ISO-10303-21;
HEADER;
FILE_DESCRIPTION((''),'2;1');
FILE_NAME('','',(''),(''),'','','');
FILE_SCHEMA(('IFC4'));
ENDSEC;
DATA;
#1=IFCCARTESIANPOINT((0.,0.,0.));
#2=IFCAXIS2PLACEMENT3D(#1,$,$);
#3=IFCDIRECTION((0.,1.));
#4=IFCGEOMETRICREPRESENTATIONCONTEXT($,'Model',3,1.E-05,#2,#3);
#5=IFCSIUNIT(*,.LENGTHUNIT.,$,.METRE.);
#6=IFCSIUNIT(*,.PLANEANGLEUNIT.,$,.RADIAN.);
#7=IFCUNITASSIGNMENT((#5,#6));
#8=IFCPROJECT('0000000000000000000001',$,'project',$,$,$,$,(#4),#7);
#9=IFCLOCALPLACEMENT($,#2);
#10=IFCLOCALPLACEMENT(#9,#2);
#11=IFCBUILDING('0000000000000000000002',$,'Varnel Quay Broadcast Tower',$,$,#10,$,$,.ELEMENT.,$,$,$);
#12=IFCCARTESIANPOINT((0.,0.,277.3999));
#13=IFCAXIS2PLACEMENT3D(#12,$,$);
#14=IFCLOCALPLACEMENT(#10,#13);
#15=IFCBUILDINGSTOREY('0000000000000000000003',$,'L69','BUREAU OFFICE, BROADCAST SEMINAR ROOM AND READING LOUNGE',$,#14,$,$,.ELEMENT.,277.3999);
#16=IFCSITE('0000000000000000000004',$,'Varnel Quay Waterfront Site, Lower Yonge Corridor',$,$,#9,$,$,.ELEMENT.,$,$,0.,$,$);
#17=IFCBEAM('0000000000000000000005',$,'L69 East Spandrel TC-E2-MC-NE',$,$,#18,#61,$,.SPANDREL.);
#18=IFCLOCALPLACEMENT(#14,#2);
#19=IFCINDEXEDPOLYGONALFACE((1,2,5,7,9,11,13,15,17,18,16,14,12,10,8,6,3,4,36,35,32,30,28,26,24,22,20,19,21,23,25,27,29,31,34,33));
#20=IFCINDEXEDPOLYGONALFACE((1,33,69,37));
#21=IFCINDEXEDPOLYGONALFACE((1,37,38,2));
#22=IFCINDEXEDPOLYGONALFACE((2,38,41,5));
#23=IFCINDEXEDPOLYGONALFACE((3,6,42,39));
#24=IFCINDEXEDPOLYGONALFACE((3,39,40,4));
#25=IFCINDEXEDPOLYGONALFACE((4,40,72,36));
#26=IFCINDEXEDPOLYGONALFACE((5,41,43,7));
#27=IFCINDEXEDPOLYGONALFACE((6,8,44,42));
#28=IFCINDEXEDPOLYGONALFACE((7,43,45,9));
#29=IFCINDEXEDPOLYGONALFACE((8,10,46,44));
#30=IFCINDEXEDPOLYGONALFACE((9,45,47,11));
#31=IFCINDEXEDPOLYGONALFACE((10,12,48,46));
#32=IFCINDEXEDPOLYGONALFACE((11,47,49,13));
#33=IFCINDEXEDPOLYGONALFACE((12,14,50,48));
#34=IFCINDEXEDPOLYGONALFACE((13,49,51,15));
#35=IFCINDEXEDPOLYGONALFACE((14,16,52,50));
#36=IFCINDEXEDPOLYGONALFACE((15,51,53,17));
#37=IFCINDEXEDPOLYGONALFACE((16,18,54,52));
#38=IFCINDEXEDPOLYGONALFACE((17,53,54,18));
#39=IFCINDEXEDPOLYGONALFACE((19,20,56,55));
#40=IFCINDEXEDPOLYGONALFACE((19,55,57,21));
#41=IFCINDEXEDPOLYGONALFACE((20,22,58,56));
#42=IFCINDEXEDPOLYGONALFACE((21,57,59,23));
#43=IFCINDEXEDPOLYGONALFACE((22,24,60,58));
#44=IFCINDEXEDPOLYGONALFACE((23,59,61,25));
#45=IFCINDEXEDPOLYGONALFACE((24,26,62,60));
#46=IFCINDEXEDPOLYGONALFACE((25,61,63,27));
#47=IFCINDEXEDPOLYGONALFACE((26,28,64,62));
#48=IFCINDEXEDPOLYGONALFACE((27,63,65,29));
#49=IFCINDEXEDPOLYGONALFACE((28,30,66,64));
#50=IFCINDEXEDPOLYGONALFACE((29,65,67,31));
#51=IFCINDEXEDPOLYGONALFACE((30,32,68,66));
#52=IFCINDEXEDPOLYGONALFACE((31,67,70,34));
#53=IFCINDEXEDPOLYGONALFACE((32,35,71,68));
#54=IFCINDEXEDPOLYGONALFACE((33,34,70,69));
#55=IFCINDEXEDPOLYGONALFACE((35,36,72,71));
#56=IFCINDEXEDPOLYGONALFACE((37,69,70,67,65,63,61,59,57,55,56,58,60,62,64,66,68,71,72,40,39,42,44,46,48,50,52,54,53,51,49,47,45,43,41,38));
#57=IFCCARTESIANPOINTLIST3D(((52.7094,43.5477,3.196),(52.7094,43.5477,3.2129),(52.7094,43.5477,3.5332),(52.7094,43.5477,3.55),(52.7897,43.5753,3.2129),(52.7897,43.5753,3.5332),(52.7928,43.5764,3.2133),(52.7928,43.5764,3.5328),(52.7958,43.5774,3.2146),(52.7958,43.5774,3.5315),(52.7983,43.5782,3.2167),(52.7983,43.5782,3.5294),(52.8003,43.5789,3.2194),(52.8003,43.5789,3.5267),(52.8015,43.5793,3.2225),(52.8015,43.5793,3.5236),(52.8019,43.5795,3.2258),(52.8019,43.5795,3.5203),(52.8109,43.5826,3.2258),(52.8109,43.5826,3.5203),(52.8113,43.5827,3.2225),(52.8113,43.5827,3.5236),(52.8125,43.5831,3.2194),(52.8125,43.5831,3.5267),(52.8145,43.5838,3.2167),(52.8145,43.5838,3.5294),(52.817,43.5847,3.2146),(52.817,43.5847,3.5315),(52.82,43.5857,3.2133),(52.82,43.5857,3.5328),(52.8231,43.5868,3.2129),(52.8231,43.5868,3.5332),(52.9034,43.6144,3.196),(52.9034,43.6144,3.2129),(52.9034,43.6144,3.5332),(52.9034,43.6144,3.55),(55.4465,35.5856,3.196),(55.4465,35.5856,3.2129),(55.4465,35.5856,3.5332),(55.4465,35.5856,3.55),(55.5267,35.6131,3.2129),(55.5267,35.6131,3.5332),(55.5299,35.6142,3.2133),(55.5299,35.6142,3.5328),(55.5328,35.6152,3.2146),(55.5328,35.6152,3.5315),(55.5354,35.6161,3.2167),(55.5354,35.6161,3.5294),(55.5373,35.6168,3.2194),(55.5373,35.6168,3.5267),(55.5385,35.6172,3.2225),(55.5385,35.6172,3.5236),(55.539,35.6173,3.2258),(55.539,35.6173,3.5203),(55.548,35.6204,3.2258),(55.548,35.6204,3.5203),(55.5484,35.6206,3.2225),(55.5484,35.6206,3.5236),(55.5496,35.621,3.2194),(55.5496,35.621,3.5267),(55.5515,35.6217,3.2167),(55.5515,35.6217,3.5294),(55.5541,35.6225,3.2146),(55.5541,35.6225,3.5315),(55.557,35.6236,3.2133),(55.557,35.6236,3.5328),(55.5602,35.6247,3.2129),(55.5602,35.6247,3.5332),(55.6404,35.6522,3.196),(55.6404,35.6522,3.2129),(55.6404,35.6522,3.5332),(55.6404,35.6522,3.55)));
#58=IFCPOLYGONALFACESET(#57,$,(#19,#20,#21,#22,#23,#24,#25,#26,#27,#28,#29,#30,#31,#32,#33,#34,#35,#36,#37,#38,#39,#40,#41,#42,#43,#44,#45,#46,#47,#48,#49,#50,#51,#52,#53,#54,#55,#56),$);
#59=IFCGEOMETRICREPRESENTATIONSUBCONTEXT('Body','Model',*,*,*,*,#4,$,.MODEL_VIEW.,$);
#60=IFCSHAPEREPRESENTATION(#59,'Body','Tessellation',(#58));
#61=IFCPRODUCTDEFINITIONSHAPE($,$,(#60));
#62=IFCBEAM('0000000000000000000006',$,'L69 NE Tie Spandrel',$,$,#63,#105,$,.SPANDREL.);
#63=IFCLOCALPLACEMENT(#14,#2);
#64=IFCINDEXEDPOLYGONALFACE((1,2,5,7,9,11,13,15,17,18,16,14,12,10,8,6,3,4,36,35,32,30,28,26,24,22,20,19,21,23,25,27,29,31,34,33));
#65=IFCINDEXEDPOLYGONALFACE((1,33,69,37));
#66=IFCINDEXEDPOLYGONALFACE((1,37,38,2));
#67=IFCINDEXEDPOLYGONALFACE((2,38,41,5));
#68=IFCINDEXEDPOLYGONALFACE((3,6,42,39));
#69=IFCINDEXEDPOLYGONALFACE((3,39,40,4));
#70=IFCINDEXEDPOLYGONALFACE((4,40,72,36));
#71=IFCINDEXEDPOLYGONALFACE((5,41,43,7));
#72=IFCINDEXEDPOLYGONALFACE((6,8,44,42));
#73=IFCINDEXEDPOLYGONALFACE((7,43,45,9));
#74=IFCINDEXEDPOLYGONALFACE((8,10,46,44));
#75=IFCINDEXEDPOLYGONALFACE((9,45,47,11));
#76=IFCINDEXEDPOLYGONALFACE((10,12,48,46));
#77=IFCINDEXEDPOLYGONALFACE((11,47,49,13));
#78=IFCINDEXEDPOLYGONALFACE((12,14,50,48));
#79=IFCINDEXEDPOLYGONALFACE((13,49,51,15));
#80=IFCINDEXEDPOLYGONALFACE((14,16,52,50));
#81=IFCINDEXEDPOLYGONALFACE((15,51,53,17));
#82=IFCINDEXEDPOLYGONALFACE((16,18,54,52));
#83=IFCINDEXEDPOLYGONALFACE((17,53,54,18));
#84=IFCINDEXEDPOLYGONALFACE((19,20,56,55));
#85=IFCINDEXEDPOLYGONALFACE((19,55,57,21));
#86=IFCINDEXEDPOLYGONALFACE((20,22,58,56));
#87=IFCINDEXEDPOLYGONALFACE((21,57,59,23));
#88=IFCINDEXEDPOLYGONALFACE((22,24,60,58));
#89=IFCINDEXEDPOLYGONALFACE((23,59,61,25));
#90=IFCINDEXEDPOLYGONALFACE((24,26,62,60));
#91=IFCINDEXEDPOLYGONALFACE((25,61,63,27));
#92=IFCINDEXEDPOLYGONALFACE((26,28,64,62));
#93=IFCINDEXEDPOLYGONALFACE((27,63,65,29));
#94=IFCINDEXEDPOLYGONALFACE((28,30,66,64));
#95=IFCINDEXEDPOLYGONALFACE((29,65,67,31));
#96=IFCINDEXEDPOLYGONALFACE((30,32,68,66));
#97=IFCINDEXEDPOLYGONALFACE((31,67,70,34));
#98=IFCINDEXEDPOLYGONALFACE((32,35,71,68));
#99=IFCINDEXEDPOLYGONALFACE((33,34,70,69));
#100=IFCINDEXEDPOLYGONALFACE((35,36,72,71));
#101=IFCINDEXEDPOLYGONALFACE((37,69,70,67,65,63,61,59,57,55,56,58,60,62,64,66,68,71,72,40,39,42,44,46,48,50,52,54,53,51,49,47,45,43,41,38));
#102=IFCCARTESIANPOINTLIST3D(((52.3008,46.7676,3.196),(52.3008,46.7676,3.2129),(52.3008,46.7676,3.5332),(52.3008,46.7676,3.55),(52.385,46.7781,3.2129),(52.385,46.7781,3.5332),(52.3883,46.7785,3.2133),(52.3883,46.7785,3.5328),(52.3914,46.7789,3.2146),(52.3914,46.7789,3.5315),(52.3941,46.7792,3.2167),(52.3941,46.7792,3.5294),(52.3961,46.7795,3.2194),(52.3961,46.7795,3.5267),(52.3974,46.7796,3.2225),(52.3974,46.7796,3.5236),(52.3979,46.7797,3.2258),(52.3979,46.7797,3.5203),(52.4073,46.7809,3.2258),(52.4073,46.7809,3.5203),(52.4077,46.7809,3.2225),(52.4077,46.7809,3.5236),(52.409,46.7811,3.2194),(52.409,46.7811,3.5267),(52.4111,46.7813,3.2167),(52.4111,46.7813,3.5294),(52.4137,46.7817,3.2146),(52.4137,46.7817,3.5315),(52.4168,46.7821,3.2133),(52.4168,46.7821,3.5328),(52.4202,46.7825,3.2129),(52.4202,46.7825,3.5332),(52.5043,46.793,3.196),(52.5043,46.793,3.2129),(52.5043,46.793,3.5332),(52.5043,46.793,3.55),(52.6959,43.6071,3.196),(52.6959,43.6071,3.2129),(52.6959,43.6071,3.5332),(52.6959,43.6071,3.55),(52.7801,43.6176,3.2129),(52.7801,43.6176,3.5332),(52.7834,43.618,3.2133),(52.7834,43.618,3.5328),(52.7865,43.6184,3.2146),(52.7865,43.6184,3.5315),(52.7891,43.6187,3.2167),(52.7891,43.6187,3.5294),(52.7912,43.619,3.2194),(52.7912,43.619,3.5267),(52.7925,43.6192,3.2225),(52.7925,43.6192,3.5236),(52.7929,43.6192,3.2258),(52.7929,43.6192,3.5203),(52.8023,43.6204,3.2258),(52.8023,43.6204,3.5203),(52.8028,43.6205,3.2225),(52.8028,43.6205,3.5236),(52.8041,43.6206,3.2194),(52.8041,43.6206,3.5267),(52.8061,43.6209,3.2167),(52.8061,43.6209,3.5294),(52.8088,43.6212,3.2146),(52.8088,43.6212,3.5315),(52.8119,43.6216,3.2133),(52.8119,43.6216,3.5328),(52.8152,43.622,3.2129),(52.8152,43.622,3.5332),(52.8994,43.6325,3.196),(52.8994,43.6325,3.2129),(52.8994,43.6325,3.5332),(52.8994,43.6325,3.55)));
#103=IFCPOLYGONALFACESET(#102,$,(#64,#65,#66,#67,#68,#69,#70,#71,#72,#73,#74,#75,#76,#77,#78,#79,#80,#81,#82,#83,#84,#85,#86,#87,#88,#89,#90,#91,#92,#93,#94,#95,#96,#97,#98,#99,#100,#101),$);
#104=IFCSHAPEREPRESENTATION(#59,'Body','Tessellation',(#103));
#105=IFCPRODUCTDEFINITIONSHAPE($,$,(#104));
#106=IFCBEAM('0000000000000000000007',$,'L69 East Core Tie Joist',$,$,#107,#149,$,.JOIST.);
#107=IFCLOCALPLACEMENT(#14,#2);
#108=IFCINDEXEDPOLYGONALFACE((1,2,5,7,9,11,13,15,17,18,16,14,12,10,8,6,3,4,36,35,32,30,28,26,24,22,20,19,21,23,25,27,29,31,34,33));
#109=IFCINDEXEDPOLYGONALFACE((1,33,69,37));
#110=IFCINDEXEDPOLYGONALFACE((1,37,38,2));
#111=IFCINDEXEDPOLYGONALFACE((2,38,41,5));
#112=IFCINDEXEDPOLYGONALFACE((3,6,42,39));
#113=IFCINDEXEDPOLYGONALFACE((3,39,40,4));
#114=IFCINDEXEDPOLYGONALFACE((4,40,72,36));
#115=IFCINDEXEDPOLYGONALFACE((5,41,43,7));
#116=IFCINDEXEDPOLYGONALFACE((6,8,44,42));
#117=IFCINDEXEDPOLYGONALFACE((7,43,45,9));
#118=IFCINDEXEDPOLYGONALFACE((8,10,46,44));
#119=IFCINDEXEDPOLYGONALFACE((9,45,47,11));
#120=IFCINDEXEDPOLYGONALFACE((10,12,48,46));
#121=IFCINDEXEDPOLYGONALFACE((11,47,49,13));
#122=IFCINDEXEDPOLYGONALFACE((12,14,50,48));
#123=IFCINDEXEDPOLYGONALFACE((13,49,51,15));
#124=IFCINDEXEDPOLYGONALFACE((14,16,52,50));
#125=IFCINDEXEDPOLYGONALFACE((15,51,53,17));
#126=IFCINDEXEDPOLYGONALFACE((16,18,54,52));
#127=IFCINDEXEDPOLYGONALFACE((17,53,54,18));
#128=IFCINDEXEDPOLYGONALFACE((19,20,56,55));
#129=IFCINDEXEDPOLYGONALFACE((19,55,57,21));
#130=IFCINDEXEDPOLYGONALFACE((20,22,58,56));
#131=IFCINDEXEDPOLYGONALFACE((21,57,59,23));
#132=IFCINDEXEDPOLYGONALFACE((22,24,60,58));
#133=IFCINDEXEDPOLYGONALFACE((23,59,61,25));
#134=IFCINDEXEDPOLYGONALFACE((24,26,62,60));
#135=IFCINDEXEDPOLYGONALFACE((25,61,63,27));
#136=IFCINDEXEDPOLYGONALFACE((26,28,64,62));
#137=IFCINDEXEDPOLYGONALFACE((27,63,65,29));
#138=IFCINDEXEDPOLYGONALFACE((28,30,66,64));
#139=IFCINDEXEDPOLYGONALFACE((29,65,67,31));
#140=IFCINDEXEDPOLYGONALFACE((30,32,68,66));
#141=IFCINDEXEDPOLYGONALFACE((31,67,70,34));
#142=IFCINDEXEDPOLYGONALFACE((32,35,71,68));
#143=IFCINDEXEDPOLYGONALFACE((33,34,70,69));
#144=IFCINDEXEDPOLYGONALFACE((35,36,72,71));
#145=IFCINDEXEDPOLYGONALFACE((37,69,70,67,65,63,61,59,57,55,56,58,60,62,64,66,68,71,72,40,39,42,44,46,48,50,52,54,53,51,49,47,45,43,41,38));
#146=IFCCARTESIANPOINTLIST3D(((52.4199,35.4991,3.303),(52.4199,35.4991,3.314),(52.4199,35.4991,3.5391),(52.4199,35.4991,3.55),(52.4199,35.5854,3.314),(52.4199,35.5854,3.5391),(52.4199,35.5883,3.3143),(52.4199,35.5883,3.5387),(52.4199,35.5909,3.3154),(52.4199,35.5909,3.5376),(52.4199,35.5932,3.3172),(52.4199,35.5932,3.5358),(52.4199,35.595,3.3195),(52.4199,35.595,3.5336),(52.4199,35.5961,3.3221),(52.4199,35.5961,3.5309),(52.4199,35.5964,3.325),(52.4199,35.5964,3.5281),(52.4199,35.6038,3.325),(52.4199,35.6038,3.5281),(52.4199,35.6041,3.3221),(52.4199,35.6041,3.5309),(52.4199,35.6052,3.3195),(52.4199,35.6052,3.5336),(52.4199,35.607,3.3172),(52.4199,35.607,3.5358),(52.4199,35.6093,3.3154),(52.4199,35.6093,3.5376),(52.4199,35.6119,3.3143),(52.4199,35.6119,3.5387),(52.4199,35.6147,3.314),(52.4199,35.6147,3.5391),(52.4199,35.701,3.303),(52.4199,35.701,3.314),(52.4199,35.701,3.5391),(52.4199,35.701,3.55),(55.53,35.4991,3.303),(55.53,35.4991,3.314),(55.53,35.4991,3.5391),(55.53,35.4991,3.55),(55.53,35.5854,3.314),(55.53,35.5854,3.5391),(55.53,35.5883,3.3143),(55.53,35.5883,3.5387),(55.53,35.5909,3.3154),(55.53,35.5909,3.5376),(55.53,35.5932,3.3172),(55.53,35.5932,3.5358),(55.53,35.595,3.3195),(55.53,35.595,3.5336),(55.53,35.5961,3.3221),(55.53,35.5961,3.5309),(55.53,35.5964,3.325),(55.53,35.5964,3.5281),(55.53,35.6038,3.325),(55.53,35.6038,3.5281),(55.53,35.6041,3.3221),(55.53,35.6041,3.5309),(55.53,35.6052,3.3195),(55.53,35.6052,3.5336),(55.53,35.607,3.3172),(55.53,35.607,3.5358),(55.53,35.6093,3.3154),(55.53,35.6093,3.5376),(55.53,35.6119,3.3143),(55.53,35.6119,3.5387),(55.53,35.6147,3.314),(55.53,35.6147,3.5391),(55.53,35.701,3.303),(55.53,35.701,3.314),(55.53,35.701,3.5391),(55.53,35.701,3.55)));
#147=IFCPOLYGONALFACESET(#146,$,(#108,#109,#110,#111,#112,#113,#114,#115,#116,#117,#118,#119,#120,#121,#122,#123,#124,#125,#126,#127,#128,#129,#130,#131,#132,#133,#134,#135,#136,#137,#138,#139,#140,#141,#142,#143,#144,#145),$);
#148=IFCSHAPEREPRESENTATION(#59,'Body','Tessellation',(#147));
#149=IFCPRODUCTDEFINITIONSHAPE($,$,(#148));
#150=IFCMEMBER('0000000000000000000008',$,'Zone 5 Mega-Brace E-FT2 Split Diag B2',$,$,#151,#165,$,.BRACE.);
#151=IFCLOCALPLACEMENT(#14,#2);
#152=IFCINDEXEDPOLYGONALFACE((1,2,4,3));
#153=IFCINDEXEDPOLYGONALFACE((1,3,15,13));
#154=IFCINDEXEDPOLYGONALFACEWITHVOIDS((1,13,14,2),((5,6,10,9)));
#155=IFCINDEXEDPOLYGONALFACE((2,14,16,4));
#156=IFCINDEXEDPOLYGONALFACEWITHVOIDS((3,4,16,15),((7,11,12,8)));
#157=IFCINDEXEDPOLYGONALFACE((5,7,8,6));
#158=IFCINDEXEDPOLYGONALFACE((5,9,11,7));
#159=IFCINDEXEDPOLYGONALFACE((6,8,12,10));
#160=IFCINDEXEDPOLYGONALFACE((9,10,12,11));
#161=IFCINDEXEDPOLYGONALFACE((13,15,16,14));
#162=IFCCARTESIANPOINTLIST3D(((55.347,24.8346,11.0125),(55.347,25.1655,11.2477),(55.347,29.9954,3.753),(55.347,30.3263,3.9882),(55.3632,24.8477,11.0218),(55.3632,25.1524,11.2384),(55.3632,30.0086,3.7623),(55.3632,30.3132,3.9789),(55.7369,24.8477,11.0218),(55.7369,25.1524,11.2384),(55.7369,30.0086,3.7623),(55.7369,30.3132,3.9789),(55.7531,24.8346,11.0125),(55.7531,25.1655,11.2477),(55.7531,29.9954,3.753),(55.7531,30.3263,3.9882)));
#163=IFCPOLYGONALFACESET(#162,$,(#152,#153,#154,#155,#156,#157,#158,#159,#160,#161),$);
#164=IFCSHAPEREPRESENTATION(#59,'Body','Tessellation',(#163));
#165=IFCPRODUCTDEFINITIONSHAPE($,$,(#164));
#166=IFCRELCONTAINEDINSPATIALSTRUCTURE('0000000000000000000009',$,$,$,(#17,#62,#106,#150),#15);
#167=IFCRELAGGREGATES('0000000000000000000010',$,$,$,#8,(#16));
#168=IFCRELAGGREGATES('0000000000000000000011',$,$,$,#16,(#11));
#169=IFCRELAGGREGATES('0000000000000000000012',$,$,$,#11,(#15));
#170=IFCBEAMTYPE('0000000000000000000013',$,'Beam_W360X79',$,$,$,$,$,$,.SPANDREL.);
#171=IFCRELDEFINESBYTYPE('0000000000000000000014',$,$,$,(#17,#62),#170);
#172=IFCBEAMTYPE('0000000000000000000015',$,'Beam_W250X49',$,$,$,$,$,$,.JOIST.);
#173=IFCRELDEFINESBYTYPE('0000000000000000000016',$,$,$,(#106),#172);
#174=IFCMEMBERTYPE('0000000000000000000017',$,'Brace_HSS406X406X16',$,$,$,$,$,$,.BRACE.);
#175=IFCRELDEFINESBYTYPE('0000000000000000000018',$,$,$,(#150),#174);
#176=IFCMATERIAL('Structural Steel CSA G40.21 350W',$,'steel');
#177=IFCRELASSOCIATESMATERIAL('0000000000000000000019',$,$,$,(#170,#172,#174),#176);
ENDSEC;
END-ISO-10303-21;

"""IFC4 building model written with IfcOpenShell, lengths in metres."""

from ifc_helpers import new_model, si_unit, direction, frame, origin, origin_2d, place, context, subcontext, project, spatial, hollow_rectangle, i_section, extrude, source, transform, mapped, material, material_profile, profile_set, type_object, type_shapes, element, save


model = new_model("IFC4")

# Units and contexts
model_context = context("Model", 3, precision=1e-05, world=origin(), true_north=direction((0.0, 1.0)))
body_context = subcontext(model_context, "Body", "Model", "MODEL_VIEW")
ifc_project = project(units=[si_unit("LENGTHUNIT", "METRE"), si_unit("PLANEANGLEUNIT", "RADIAN")], contexts=[model_context])

# Site, building, storey
site_placement = place(None, origin())
site = spatial("IfcSite", under=ifc_project, at=site_placement, Name="Varnel Quay Waterfront Site, Lower Yonge Corridor", CompositionType="ELEMENT", RefElevation=0.0)
building_placement = place(site_placement, origin())
building = spatial("IfcBuilding", under=site, at=building_placement, Name="Varnel Quay Broadcast Tower", CompositionType="ELEMENT")
storey_placement = place(building_placement, frame((0.0, 0.0, 277.3999)))
storey = spatial("IfcBuildingStorey", under=building, at=storey_placement, Name="L69", Description="BUREAU OFFICE, BROADCAST SEMINAR ROOM AND READING LOUNGE", CompositionType="ELEMENT", Elevation=277.3999)

# Shared definitions
ifc_material_1 = material(Name="Structural Steel CSA G40.21 350W", Category="steel")

# Beams
ifc_material_profile_1 = material_profile(ifc_material_1, i_section(OverallWidth=0.2051, OverallDepth=0.354, WebThickness=0.0095, FlangeThickness=0.0168, FilletRadius=0.0129, at=origin_2d()), Name="W360X79")
ifc_profile_set_1 = profile_set([ifc_material_profile_1], Name="Structural Steel CSA G40.21 350W")
beam_type_1 = type_object("IfcBeamType", Name="Beam_W360X79", PredefinedType="SPANDREL", material=ifc_profile_set_1)
shared_shape_1 = source(origin(), body_context, "Body", "SweptSolid", [
    extrude(i_section(OverallWidth=0.2051, OverallDepth=0.354, WebThickness=0.0095, FlangeThickness=0.0168, FilletRadius=0.0129, at=origin_2d()), origin(), (0.0, 0.0, 1.0), 8.4194),
])
beam_1_placement = place(storey_placement, frame((55.5435, 35.6189, 3.373), z_axis=(-0.325087, 0.945684, 0.0), x_axis=(-0.945684, -0.325087, 0.0)))
element("IfcBeam", 1, at=beam_1_placement, inside=storey, type_object=beam_type_1, Name="L69 East Spandrel TC-E2-MC-NE", PredefinedType="SPANDREL", context=body_context, shape_type="MappedRepresentation", body=[
    mapped(shared_shape_1, transform((0.0, 0.0, 0.0), x_axis=(1.0, 0.0, 0.0), y_axis=(0.0, 1.0, 0.0), z_axis=(0.0, 0.0, 1.0), scale=1.0)),
])
shared_shape_2 = source(origin(), body_context, "Body", "SweptSolid", [
    extrude(i_section(OverallWidth=0.2051, OverallDepth=0.354, WebThickness=0.0095, FlangeThickness=0.0168, FilletRadius=0.0129, at=origin_2d()), origin(), (0.0, 0.0, 1.0), 3.1851),
])
type_shapes(beam_type_1, [shared_shape_1, shared_shape_2])
beam_2_placement = place(storey_placement, frame((52.4026, 46.7803, 3.373), z_axis=(0.124025, -0.992279, 0.0), x_axis=(0.992279, 0.124025, 0.0)))
element("IfcBeam", 2, at=beam_2_placement, inside=storey, type_object=beam_type_1, Name="L69 NE Tie Spandrel", PredefinedType="SPANDREL", context=body_context, shape_type="MappedRepresentation", body=[
    mapped(shared_shape_2, transform((0.0, 0.0, 0.0), x_axis=(1.0, 0.0, 0.0), y_axis=(0.0, 1.0, 0.0), z_axis=(0.0, 0.0, 1.0), scale=1.0)),
])
ifc_material_profile_2 = material_profile(ifc_material_1, i_section(OverallWidth=0.2019, OverallDepth=0.2471, WebThickness=0.0073, FlangeThickness=0.011, FilletRadius=0.011, at=origin_2d()), Name="W250X49")
ifc_profile_set_2 = profile_set([ifc_material_profile_2], Name="Structural Steel CSA G40.21 350W")
beam_type_2 = type_object("IfcBeamType", Name="Beam_W250X49", PredefinedType="JOIST", material=ifc_profile_set_2)
shared_shape_3 = source(origin(), body_context, "Body", "SweptSolid", [
    extrude(i_section(OverallWidth=0.2019, OverallDepth=0.2471, WebThickness=0.0073, FlangeThickness=0.011, FilletRadius=0.011, at=origin_2d()), origin(), (0.0, 0.0, 1.0), 3.1101),
])
type_shapes(beam_type_2, [shared_shape_3])
beam_3_placement = place(storey_placement, frame((52.4199, 35.6001, 3.4265), z_axis=(1.0, 0.0, 0.0), x_axis=(0.0, 1.0, 0.0)))
element("IfcBeam", 3, at=beam_3_placement, inside=storey, type_object=beam_type_2, Name="L69 East Core Tie Joist", PredefinedType="JOIST", context=body_context, shape_type="MappedRepresentation", body=[
    mapped(shared_shape_3, transform((0.0, 0.0, 0.0), x_axis=(1.0, 0.0, 0.0), y_axis=(0.0, 1.0, 0.0), z_axis=(0.0, 0.0, 1.0), scale=1.0)),
])

# Member
ifc_material_profile_3 = material_profile(ifc_material_1, hollow_rectangle(XDim=0.406, YDim=0.406, WallThickness=0.0161, at=origin_2d()), Name="HSS406X406X16")
ifc_profile_set_3 = profile_set([ifc_material_profile_3], Name="Structural Steel CSA G40.21 350W")
member_type_1 = type_object("IfcMemberType", Name="Brace_HSS406X406X16", PredefinedType="BRACE", material=ifc_profile_set_3)
shared_shape_4 = source(origin(), body_context, "Body", "SweptSolid", [
    extrude(hollow_rectangle(XDim=0.406, YDim=0.406, WallThickness=0.0161, at=origin_2d()), origin(), (0.0, 0.0, 1.0), 8.907),
])
type_shapes(member_type_1, [shared_shape_4])
member_1_placement = place(storey_placement, frame((55.55, 30.1609, 3.8706), z_axis=(0.0, -0.579417, 0.815032), x_axis=(1.0, 0.0, 0.0)))
element("IfcMember", 4, at=member_1_placement, inside=storey, type_object=member_type_1, Name="Zone 5 Mega-Brace E-FT2 Split Diag B2", PredefinedType="BRACE", context=body_context, shape_type="MappedRepresentation", body=[
    mapped(shared_shape_4, transform((0.0, 0.0, 0.0), x_axis=(1.0, 0.0, 0.0), y_axis=(0.0, 1.0, 0.0), z_axis=(0.0, 0.0, 1.0), scale=1.0)),
])

save(model, "model.ifc")
